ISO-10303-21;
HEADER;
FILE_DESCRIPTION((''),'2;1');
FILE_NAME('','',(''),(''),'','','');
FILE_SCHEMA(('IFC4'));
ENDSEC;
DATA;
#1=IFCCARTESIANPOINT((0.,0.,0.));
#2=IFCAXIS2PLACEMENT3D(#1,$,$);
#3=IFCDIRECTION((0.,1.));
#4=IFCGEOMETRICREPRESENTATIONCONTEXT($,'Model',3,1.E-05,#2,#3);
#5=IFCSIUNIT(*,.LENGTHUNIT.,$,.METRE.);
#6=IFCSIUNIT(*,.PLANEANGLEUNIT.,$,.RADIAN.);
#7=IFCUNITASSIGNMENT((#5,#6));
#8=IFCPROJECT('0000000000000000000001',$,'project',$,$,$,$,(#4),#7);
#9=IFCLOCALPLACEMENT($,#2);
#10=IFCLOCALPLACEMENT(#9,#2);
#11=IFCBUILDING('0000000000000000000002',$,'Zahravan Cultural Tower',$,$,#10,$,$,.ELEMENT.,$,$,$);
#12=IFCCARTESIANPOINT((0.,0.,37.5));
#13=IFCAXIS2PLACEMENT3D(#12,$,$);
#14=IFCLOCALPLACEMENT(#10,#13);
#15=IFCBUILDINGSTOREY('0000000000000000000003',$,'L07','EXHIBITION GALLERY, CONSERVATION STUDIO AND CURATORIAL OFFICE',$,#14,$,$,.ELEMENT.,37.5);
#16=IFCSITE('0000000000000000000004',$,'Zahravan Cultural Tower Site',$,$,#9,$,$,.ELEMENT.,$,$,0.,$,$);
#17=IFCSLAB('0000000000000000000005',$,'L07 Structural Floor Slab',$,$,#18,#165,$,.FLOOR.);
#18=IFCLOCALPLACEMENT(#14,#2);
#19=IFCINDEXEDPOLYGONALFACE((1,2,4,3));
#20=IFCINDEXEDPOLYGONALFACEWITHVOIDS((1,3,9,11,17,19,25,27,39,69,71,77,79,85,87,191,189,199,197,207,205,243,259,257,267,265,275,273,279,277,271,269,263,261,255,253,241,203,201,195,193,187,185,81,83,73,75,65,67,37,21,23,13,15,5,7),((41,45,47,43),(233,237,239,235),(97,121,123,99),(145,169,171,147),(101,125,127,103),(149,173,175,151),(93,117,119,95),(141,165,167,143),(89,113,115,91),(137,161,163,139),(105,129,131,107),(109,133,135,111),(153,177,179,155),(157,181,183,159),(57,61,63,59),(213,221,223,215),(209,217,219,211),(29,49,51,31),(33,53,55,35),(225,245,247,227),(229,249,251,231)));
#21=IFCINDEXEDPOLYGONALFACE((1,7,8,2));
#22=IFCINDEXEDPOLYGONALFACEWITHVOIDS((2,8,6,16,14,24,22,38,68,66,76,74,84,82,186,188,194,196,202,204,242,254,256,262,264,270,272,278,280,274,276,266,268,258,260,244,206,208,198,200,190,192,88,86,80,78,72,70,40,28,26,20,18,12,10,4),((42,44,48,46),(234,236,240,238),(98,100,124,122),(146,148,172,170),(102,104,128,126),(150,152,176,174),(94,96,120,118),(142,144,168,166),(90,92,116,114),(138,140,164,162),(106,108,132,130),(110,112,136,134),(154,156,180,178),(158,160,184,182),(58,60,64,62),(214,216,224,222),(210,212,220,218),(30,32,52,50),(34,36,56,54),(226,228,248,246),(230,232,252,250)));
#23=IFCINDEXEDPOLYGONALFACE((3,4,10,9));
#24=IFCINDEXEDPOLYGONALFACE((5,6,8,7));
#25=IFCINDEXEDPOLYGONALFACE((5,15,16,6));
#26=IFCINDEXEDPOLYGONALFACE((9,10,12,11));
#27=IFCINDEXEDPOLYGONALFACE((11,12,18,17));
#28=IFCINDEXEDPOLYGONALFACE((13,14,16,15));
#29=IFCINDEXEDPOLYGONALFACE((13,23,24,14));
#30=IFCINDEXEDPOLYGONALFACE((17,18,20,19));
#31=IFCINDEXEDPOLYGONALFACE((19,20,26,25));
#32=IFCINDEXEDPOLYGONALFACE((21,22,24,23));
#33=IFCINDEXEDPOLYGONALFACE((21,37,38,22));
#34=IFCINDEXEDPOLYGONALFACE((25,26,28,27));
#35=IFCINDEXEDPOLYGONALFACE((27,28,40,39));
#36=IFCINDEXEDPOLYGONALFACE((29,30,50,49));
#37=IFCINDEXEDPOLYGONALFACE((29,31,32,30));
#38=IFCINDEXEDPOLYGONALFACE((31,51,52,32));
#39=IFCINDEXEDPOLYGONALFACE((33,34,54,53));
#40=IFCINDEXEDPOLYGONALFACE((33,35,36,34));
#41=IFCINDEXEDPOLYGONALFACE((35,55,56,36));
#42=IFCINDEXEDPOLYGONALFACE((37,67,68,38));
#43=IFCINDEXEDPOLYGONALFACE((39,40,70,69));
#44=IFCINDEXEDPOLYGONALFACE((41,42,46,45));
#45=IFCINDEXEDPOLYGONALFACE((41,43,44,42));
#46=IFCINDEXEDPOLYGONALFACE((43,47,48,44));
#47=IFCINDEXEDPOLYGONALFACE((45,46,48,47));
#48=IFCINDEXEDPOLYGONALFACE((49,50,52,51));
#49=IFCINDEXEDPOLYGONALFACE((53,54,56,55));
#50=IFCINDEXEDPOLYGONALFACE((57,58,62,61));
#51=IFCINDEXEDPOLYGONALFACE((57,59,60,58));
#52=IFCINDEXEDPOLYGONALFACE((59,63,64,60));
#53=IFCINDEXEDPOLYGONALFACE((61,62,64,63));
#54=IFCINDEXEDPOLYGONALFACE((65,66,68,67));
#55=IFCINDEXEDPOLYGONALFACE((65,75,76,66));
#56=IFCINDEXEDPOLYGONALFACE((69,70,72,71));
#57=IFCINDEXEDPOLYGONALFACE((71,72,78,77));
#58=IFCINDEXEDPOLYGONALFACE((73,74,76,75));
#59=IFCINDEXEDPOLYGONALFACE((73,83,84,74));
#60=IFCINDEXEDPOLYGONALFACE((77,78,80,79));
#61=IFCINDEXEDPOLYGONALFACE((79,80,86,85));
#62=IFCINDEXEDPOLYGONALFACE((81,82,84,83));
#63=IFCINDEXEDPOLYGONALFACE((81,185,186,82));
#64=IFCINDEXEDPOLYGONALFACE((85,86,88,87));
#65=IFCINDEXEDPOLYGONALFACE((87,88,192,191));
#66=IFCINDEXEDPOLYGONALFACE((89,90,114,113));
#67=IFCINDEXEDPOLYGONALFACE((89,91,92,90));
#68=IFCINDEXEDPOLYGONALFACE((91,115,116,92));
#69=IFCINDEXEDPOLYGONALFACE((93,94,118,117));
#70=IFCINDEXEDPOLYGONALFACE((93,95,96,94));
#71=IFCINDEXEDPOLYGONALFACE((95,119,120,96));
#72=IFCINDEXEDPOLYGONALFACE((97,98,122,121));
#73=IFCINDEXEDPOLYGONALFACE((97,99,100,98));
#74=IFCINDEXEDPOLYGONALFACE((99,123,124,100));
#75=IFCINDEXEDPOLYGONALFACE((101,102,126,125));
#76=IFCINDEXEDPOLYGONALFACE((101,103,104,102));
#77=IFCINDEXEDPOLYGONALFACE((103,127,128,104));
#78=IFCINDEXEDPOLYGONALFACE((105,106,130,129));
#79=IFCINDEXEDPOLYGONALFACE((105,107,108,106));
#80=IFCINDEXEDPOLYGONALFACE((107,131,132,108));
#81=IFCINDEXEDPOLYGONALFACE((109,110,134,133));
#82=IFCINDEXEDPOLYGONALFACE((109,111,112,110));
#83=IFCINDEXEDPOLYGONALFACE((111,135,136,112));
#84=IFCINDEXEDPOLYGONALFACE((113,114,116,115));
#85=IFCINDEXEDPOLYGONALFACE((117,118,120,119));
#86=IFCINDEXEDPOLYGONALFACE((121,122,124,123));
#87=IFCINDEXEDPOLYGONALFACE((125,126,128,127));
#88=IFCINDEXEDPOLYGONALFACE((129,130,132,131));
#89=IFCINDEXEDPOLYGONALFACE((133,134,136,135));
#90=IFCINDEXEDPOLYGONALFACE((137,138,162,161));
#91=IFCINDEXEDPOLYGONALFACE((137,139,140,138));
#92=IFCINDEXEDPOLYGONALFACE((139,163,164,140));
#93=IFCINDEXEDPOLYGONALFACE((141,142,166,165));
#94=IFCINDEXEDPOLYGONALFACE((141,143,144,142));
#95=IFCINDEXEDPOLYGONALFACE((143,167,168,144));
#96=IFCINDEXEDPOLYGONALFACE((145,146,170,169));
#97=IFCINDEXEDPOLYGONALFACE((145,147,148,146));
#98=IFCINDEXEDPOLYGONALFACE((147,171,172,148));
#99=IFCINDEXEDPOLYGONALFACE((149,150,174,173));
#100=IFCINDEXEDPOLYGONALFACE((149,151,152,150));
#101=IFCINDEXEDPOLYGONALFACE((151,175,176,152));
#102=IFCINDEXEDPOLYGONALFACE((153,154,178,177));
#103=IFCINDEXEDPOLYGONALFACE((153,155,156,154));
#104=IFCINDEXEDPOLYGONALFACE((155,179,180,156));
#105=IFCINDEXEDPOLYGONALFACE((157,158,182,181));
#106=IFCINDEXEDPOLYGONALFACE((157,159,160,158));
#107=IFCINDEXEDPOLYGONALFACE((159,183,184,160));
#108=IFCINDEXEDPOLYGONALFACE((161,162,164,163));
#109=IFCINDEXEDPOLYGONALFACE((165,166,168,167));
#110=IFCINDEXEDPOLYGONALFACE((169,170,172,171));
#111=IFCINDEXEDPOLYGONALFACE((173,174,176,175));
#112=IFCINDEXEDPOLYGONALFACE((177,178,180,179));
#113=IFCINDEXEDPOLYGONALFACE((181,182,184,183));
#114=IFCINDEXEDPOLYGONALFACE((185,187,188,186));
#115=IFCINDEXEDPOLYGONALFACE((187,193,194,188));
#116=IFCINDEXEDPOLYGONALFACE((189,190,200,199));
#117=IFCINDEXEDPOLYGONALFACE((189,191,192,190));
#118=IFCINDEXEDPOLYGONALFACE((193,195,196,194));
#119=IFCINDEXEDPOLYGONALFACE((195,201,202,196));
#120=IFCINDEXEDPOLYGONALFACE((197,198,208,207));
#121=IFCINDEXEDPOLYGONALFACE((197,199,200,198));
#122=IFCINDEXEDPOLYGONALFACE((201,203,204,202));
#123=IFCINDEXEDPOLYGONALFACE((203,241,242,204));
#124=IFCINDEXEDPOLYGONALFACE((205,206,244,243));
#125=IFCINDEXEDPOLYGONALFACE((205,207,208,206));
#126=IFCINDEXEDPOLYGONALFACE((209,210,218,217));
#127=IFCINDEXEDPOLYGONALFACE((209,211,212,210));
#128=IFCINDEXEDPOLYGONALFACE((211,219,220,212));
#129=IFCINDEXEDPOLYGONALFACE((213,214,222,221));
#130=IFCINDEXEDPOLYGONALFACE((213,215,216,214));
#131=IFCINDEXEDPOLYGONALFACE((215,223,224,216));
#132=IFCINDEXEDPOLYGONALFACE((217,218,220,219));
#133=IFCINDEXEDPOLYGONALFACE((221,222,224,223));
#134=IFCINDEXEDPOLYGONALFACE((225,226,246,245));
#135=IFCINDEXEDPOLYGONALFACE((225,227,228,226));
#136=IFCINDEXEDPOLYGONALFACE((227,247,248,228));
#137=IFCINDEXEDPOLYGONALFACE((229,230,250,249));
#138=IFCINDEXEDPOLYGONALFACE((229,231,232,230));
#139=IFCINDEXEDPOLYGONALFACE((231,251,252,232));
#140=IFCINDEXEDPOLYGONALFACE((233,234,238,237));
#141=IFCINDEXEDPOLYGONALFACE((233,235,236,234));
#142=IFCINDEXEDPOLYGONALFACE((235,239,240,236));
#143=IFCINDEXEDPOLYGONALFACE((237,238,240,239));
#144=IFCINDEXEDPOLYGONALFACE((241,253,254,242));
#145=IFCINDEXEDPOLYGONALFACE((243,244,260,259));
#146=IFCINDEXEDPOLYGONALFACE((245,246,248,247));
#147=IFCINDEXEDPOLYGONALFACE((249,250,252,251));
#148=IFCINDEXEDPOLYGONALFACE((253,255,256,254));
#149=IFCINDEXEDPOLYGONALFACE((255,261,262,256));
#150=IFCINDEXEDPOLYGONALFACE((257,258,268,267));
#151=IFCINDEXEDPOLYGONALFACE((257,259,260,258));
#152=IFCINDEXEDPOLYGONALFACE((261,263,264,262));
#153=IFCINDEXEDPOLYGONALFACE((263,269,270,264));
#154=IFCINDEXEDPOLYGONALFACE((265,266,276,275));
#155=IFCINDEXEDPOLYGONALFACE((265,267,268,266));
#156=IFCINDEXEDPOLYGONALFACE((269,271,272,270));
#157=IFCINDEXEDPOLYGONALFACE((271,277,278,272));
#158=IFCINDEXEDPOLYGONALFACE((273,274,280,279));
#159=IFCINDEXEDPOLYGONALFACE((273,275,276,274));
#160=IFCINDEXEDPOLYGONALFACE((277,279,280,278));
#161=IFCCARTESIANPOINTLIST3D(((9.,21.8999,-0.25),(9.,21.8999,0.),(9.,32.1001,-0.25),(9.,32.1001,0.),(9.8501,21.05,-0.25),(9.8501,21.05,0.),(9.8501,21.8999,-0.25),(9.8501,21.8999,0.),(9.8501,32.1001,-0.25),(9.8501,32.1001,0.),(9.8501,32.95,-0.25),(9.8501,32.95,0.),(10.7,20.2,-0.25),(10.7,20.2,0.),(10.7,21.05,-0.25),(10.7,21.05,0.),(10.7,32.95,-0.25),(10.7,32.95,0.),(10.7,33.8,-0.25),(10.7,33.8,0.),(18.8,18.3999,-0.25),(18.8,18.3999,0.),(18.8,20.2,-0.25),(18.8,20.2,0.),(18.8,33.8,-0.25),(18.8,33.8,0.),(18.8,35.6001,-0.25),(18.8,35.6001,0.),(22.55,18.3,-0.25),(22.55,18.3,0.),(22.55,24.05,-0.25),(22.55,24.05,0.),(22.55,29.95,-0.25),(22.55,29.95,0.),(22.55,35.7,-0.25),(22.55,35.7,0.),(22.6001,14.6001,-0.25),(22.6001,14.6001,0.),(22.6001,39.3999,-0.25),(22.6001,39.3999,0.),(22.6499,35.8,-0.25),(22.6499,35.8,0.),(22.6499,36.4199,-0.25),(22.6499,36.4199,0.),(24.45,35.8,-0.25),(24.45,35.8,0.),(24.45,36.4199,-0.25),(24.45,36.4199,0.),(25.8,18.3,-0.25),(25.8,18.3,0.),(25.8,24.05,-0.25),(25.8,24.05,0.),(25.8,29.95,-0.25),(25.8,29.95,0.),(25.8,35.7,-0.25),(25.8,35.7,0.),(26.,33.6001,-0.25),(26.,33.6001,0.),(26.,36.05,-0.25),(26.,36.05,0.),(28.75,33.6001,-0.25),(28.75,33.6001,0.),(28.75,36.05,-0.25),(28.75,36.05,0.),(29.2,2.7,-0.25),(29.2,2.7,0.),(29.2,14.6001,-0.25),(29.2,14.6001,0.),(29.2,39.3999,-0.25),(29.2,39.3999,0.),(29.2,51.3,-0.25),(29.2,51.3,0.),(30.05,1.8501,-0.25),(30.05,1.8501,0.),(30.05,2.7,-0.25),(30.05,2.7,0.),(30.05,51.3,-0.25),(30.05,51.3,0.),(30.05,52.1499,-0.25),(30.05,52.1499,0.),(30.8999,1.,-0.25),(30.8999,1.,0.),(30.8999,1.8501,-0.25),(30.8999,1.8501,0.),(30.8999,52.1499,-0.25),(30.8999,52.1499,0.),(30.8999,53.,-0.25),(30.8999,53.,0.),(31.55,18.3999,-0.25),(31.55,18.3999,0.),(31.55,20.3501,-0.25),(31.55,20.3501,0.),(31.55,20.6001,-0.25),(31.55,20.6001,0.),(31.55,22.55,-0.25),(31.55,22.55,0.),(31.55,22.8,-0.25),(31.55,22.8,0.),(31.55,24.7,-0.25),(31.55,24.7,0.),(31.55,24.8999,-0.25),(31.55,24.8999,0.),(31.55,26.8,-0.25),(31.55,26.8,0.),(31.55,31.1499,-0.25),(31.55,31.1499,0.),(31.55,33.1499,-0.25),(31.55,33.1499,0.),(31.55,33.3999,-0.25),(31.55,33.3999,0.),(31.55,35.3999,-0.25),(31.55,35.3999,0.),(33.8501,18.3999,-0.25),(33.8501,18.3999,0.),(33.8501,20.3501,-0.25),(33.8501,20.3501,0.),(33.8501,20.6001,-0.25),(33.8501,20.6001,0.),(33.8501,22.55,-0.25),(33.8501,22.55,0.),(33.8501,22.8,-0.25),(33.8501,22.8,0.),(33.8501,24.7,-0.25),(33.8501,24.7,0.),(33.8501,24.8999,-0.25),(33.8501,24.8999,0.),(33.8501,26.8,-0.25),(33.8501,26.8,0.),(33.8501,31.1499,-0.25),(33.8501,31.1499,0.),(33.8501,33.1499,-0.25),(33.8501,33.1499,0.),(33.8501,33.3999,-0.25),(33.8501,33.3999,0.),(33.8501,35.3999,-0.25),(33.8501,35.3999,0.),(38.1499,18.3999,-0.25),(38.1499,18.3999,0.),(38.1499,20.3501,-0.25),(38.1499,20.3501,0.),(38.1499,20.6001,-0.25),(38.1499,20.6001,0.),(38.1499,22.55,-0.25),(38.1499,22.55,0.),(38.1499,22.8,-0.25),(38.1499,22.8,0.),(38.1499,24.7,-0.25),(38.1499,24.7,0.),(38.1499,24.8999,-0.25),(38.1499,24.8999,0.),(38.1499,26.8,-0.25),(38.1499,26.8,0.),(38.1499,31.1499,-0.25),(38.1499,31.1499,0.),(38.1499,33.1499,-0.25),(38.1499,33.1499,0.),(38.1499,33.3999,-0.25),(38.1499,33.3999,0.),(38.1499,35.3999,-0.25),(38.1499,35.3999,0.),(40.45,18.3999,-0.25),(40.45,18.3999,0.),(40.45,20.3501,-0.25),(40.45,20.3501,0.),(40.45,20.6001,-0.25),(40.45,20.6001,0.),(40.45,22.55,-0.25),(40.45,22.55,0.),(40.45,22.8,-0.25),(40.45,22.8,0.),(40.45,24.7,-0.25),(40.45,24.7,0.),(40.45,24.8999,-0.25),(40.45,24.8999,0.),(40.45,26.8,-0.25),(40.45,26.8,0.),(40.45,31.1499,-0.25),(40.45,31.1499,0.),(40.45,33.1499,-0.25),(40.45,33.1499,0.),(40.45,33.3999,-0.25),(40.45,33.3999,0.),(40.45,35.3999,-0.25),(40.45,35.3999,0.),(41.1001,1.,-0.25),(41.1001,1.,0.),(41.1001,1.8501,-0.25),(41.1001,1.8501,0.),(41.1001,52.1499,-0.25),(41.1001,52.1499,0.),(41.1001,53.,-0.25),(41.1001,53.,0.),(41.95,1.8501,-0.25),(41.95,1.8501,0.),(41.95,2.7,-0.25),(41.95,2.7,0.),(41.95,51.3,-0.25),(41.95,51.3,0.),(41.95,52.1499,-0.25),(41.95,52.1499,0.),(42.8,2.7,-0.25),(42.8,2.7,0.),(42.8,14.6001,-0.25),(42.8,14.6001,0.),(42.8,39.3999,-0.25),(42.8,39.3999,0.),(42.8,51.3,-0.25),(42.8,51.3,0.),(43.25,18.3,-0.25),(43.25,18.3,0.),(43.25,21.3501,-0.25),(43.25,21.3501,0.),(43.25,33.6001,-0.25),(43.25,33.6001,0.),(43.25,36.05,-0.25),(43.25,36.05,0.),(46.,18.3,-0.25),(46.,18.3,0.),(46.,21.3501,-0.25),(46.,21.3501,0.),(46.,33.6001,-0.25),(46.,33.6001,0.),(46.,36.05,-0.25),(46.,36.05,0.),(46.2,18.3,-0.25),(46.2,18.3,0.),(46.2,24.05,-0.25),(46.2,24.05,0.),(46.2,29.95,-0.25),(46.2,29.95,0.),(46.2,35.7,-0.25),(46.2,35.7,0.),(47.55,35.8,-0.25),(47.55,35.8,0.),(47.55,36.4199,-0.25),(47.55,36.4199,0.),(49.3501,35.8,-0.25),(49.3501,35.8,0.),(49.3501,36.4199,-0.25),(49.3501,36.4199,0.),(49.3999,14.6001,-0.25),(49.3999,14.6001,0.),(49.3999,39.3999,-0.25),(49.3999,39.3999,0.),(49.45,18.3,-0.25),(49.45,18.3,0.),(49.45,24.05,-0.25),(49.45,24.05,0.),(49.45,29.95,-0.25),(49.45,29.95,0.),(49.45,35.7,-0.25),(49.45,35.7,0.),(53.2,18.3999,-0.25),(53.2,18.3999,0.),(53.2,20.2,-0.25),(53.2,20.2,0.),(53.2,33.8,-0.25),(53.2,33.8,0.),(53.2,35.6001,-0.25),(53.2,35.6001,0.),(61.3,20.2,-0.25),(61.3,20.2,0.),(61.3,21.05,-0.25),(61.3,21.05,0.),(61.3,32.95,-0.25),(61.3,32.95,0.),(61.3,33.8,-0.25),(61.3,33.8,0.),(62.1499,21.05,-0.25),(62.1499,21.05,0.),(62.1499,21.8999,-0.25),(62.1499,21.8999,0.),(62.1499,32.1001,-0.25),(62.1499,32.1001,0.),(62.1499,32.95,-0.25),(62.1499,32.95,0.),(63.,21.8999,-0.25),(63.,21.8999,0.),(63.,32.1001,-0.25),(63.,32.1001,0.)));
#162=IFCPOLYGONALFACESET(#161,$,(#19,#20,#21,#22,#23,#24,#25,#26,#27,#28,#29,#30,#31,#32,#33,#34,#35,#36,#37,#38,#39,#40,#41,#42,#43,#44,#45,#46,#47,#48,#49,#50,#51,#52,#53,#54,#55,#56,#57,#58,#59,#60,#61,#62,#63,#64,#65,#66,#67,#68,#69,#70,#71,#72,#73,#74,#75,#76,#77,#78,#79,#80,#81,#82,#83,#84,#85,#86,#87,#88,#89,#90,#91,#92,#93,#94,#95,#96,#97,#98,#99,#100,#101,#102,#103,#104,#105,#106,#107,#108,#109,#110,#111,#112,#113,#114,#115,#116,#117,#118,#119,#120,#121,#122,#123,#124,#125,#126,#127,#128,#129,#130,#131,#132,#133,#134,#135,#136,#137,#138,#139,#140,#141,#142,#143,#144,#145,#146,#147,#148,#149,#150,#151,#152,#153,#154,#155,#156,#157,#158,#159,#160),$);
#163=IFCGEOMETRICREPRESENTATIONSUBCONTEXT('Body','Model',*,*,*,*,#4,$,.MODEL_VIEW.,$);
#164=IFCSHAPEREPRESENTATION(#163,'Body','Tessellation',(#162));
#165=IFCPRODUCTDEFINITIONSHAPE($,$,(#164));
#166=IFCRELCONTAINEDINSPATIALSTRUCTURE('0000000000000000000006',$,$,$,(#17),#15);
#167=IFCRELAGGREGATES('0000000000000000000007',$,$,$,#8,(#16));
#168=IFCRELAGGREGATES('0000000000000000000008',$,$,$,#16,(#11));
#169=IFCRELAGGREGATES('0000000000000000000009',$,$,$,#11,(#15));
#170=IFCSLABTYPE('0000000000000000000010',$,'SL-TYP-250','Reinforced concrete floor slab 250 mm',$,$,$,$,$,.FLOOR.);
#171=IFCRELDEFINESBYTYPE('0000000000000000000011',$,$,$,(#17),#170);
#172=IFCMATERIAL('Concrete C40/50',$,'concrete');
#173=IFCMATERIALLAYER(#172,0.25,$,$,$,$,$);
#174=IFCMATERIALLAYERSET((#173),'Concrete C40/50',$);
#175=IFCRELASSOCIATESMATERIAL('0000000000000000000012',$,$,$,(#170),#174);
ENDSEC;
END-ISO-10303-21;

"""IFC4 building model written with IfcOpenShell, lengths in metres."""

from ifc_helpers import new_model, si_unit, direction, frame, origin, place, context, subcontext, project, spatial, polyline, outline, extrude, material, layer, layer_set, type_object, element, save


model = new_model("IFC4")

# Units and contexts
model_context = context("Model", 3, precision=1e-05, world=origin(), true_north=direction((0.0, 1.0)))
body_context = subcontext(model_context, "Body", "Model", "MODEL_VIEW")
ifc_project = project(units=[si_unit("LENGTHUNIT", "METRE"), si_unit("PLANEANGLEUNIT", "RADIAN")], contexts=[model_context])

# Site, building, storey
site_placement = place(None, origin())
site = spatial("IfcSite", under=ifc_project, at=site_placement, Name="Zahravan Cultural Tower Site", CompositionType="ELEMENT", RefElevation=0.0)
building_placement = place(site_placement, origin())
building = spatial("IfcBuilding", under=site, at=building_placement, Name="Zahravan Cultural Tower", CompositionType="ELEMENT")
storey_placement = place(building_placement, frame((0.0, 0.0, 37.5)))
storey = spatial("IfcBuildingStorey", under=building, at=storey_placement, Name="L07", Description="EXHIBITION GALLERY, CONSERVATION STUDIO AND CURATORIAL OFFICE", CompositionType="ELEMENT", Elevation=37.5)

# Slab
ifc_material_1 = material(Name="Concrete C40/50", Category="concrete")
ifc_layer_1 = layer(ifc_material_1, 0.25)
ifc_layer_set_1 = layer_set([ifc_layer_1], Name="Concrete C40/50")
slab_type_1 = type_object("IfcSlabType", Name="SL-TYP-250", Description="Reinforced concrete floor slab 250 mm", PredefinedType="FLOOR", material=ifc_layer_set_1)
slab_1_placement = place(storey_placement, frame((0.0, 0.0, -0.25)))
element("IfcSlab", 1, at=slab_1_placement, inside=storey, type_object=slab_type_1, Name="L07 Structural Floor Slab", PredefinedType="FLOOR", context=body_context, shape_type="SweptSolid", body=[
    extrude(outline(polyline([(53.2, 33.8), (53.2, 35.6001), (49.3999, 39.3999), (42.8, 39.3999), (42.8, 51.3), (41.95, 51.3), (41.95, 52.1499), (41.1001, 52.1499), (41.1001, 53.0), (30.8999, 53.0), (30.8999, 52.1499), (30.05, 52.1499), (30.05, 51.3), (29.2, 51.3), (29.2, 39.3999), (22.6001, 39.3999), (18.8, 35.6001), (18.8, 33.8), (10.7, 33.8), (10.7, 32.95), (9.8501, 32.95), (9.8501, 32.1001), (9.0, 32.1001), (9.0, 21.8999), (9.8501, 21.8999), (9.8501, 21.05), (10.7, 21.05), (10.7, 20.2), (18.8, 20.2), (18.8, 18.3999), (22.6001, 14.6001), (29.2, 14.6001), (29.2, 2.7), (30.05, 2.7), (30.05, 1.8501), (30.8999, 1.8501), (30.8999, 1.0), (41.1001, 1.0), (41.1001, 1.8501), (41.95, 1.8501), (41.95, 2.7), (42.8, 2.7), (42.8, 14.6001), (49.3999, 14.6001), (53.2, 18.3999), (53.2, 20.2), (61.3, 20.2), (61.3, 21.05), (62.1499, 21.05), (62.1499, 21.8999), (63.0, 21.8999), (63.0, 32.1001), (62.1499, 32.1001), (62.1499, 32.95), (61.3, 32.95), (61.3, 33.8), (53.2, 33.8)]), holes=[polyline([(22.55, 29.95), (22.55, 35.7), (25.8, 35.7), (25.8, 29.95), (22.55, 29.95)]), polyline([(22.55, 18.3), (22.55, 24.05), (25.8, 24.05), (25.8, 18.3), (22.55, 18.3)]), polyline([(46.2, 29.95), (46.2, 35.7), (49.45, 35.7), (49.45, 29.95), (46.2, 29.95)]), polyline([(46.2, 18.3), (46.2, 24.05), (49.45, 24.05), (49.45, 18.3), (46.2, 18.3)]), polyline([(26.0, 33.6001), (26.0, 36.05), (28.75, 36.05), (28.75, 33.6001), (26.0, 33.6001)]), polyline([(43.25, 33.6001), (43.25, 36.05), (46.0, 36.05), (46.0, 33.6001), (43.25, 33.6001)]), polyline([(43.25, 18.3), (43.25, 21.3501), (46.0, 21.3501), (46.0, 18.3), (43.25, 18.3)]), polyline([(31.55, 33.3999), (31.55, 35.3999), (33.8501, 35.3999), (33.8501, 33.3999), (31.55, 33.3999)]), polyline([(31.55, 31.1499), (31.55, 33.1499), (33.8501, 33.1499), (33.8501, 31.1499), (31.55, 31.1499)]), polyline([(38.1499, 33.3999), (38.1499, 35.3999), (40.45, 35.3999), (40.45, 33.3999), (38.1499, 33.3999)]), polyline([(38.1499, 31.1499), (38.1499, 33.1499), (40.45, 33.1499), (40.45, 31.1499), (38.1499, 31.1499)]), polyline([(31.55, 20.6001), (31.55, 22.55), (33.8501, 22.55), (33.8501, 20.6001), (31.55, 20.6001)]), polyline([(31.55, 18.3999), (31.55, 20.3501), (33.8501, 20.3501), (33.8501, 18.3999), (31.55, 18.3999)]), polyline([(38.1499, 20.6001), (38.1499, 22.55), (40.45, 22.55), (40.45, 20.6001), (38.1499, 20.6001)]), polyline([(38.1499, 18.3999), (38.1499, 20.3501), (40.45, 20.3501), (40.45, 18.3999), (38.1499, 18.3999)]), polyline([(31.55, 24.8999), (31.55, 26.8), (33.8501, 26.8), (33.8501, 24.8999), (31.55, 24.8999)]), polyline([(31.55, 22.8), (31.55, 24.7), (33.8501, 24.7), (33.8501, 22.8), (31.55, 22.8)]), polyline([(38.1499, 24.8999), (38.1499, 26.8), (40.45, 26.8), (40.45, 24.8999), (38.1499, 24.8999)]), polyline([(38.1499, 22.8), (38.1499, 24.7), (40.45, 24.7), (40.45, 22.8), (38.1499, 22.8)]), polyline([(22.6499, 35.8), (22.6499, 36.4199), (24.45, 36.4199), (24.45, 35.8), (22.6499, 35.8)]), polyline([(47.55, 35.8), (47.55, 36.4199), (49.3501, 36.4199), (49.3501, 35.8), (47.55, 35.8)])]), origin(), (0.0, 0.0, 1.0), 0.25),
])

save(model, "model.ifc")
